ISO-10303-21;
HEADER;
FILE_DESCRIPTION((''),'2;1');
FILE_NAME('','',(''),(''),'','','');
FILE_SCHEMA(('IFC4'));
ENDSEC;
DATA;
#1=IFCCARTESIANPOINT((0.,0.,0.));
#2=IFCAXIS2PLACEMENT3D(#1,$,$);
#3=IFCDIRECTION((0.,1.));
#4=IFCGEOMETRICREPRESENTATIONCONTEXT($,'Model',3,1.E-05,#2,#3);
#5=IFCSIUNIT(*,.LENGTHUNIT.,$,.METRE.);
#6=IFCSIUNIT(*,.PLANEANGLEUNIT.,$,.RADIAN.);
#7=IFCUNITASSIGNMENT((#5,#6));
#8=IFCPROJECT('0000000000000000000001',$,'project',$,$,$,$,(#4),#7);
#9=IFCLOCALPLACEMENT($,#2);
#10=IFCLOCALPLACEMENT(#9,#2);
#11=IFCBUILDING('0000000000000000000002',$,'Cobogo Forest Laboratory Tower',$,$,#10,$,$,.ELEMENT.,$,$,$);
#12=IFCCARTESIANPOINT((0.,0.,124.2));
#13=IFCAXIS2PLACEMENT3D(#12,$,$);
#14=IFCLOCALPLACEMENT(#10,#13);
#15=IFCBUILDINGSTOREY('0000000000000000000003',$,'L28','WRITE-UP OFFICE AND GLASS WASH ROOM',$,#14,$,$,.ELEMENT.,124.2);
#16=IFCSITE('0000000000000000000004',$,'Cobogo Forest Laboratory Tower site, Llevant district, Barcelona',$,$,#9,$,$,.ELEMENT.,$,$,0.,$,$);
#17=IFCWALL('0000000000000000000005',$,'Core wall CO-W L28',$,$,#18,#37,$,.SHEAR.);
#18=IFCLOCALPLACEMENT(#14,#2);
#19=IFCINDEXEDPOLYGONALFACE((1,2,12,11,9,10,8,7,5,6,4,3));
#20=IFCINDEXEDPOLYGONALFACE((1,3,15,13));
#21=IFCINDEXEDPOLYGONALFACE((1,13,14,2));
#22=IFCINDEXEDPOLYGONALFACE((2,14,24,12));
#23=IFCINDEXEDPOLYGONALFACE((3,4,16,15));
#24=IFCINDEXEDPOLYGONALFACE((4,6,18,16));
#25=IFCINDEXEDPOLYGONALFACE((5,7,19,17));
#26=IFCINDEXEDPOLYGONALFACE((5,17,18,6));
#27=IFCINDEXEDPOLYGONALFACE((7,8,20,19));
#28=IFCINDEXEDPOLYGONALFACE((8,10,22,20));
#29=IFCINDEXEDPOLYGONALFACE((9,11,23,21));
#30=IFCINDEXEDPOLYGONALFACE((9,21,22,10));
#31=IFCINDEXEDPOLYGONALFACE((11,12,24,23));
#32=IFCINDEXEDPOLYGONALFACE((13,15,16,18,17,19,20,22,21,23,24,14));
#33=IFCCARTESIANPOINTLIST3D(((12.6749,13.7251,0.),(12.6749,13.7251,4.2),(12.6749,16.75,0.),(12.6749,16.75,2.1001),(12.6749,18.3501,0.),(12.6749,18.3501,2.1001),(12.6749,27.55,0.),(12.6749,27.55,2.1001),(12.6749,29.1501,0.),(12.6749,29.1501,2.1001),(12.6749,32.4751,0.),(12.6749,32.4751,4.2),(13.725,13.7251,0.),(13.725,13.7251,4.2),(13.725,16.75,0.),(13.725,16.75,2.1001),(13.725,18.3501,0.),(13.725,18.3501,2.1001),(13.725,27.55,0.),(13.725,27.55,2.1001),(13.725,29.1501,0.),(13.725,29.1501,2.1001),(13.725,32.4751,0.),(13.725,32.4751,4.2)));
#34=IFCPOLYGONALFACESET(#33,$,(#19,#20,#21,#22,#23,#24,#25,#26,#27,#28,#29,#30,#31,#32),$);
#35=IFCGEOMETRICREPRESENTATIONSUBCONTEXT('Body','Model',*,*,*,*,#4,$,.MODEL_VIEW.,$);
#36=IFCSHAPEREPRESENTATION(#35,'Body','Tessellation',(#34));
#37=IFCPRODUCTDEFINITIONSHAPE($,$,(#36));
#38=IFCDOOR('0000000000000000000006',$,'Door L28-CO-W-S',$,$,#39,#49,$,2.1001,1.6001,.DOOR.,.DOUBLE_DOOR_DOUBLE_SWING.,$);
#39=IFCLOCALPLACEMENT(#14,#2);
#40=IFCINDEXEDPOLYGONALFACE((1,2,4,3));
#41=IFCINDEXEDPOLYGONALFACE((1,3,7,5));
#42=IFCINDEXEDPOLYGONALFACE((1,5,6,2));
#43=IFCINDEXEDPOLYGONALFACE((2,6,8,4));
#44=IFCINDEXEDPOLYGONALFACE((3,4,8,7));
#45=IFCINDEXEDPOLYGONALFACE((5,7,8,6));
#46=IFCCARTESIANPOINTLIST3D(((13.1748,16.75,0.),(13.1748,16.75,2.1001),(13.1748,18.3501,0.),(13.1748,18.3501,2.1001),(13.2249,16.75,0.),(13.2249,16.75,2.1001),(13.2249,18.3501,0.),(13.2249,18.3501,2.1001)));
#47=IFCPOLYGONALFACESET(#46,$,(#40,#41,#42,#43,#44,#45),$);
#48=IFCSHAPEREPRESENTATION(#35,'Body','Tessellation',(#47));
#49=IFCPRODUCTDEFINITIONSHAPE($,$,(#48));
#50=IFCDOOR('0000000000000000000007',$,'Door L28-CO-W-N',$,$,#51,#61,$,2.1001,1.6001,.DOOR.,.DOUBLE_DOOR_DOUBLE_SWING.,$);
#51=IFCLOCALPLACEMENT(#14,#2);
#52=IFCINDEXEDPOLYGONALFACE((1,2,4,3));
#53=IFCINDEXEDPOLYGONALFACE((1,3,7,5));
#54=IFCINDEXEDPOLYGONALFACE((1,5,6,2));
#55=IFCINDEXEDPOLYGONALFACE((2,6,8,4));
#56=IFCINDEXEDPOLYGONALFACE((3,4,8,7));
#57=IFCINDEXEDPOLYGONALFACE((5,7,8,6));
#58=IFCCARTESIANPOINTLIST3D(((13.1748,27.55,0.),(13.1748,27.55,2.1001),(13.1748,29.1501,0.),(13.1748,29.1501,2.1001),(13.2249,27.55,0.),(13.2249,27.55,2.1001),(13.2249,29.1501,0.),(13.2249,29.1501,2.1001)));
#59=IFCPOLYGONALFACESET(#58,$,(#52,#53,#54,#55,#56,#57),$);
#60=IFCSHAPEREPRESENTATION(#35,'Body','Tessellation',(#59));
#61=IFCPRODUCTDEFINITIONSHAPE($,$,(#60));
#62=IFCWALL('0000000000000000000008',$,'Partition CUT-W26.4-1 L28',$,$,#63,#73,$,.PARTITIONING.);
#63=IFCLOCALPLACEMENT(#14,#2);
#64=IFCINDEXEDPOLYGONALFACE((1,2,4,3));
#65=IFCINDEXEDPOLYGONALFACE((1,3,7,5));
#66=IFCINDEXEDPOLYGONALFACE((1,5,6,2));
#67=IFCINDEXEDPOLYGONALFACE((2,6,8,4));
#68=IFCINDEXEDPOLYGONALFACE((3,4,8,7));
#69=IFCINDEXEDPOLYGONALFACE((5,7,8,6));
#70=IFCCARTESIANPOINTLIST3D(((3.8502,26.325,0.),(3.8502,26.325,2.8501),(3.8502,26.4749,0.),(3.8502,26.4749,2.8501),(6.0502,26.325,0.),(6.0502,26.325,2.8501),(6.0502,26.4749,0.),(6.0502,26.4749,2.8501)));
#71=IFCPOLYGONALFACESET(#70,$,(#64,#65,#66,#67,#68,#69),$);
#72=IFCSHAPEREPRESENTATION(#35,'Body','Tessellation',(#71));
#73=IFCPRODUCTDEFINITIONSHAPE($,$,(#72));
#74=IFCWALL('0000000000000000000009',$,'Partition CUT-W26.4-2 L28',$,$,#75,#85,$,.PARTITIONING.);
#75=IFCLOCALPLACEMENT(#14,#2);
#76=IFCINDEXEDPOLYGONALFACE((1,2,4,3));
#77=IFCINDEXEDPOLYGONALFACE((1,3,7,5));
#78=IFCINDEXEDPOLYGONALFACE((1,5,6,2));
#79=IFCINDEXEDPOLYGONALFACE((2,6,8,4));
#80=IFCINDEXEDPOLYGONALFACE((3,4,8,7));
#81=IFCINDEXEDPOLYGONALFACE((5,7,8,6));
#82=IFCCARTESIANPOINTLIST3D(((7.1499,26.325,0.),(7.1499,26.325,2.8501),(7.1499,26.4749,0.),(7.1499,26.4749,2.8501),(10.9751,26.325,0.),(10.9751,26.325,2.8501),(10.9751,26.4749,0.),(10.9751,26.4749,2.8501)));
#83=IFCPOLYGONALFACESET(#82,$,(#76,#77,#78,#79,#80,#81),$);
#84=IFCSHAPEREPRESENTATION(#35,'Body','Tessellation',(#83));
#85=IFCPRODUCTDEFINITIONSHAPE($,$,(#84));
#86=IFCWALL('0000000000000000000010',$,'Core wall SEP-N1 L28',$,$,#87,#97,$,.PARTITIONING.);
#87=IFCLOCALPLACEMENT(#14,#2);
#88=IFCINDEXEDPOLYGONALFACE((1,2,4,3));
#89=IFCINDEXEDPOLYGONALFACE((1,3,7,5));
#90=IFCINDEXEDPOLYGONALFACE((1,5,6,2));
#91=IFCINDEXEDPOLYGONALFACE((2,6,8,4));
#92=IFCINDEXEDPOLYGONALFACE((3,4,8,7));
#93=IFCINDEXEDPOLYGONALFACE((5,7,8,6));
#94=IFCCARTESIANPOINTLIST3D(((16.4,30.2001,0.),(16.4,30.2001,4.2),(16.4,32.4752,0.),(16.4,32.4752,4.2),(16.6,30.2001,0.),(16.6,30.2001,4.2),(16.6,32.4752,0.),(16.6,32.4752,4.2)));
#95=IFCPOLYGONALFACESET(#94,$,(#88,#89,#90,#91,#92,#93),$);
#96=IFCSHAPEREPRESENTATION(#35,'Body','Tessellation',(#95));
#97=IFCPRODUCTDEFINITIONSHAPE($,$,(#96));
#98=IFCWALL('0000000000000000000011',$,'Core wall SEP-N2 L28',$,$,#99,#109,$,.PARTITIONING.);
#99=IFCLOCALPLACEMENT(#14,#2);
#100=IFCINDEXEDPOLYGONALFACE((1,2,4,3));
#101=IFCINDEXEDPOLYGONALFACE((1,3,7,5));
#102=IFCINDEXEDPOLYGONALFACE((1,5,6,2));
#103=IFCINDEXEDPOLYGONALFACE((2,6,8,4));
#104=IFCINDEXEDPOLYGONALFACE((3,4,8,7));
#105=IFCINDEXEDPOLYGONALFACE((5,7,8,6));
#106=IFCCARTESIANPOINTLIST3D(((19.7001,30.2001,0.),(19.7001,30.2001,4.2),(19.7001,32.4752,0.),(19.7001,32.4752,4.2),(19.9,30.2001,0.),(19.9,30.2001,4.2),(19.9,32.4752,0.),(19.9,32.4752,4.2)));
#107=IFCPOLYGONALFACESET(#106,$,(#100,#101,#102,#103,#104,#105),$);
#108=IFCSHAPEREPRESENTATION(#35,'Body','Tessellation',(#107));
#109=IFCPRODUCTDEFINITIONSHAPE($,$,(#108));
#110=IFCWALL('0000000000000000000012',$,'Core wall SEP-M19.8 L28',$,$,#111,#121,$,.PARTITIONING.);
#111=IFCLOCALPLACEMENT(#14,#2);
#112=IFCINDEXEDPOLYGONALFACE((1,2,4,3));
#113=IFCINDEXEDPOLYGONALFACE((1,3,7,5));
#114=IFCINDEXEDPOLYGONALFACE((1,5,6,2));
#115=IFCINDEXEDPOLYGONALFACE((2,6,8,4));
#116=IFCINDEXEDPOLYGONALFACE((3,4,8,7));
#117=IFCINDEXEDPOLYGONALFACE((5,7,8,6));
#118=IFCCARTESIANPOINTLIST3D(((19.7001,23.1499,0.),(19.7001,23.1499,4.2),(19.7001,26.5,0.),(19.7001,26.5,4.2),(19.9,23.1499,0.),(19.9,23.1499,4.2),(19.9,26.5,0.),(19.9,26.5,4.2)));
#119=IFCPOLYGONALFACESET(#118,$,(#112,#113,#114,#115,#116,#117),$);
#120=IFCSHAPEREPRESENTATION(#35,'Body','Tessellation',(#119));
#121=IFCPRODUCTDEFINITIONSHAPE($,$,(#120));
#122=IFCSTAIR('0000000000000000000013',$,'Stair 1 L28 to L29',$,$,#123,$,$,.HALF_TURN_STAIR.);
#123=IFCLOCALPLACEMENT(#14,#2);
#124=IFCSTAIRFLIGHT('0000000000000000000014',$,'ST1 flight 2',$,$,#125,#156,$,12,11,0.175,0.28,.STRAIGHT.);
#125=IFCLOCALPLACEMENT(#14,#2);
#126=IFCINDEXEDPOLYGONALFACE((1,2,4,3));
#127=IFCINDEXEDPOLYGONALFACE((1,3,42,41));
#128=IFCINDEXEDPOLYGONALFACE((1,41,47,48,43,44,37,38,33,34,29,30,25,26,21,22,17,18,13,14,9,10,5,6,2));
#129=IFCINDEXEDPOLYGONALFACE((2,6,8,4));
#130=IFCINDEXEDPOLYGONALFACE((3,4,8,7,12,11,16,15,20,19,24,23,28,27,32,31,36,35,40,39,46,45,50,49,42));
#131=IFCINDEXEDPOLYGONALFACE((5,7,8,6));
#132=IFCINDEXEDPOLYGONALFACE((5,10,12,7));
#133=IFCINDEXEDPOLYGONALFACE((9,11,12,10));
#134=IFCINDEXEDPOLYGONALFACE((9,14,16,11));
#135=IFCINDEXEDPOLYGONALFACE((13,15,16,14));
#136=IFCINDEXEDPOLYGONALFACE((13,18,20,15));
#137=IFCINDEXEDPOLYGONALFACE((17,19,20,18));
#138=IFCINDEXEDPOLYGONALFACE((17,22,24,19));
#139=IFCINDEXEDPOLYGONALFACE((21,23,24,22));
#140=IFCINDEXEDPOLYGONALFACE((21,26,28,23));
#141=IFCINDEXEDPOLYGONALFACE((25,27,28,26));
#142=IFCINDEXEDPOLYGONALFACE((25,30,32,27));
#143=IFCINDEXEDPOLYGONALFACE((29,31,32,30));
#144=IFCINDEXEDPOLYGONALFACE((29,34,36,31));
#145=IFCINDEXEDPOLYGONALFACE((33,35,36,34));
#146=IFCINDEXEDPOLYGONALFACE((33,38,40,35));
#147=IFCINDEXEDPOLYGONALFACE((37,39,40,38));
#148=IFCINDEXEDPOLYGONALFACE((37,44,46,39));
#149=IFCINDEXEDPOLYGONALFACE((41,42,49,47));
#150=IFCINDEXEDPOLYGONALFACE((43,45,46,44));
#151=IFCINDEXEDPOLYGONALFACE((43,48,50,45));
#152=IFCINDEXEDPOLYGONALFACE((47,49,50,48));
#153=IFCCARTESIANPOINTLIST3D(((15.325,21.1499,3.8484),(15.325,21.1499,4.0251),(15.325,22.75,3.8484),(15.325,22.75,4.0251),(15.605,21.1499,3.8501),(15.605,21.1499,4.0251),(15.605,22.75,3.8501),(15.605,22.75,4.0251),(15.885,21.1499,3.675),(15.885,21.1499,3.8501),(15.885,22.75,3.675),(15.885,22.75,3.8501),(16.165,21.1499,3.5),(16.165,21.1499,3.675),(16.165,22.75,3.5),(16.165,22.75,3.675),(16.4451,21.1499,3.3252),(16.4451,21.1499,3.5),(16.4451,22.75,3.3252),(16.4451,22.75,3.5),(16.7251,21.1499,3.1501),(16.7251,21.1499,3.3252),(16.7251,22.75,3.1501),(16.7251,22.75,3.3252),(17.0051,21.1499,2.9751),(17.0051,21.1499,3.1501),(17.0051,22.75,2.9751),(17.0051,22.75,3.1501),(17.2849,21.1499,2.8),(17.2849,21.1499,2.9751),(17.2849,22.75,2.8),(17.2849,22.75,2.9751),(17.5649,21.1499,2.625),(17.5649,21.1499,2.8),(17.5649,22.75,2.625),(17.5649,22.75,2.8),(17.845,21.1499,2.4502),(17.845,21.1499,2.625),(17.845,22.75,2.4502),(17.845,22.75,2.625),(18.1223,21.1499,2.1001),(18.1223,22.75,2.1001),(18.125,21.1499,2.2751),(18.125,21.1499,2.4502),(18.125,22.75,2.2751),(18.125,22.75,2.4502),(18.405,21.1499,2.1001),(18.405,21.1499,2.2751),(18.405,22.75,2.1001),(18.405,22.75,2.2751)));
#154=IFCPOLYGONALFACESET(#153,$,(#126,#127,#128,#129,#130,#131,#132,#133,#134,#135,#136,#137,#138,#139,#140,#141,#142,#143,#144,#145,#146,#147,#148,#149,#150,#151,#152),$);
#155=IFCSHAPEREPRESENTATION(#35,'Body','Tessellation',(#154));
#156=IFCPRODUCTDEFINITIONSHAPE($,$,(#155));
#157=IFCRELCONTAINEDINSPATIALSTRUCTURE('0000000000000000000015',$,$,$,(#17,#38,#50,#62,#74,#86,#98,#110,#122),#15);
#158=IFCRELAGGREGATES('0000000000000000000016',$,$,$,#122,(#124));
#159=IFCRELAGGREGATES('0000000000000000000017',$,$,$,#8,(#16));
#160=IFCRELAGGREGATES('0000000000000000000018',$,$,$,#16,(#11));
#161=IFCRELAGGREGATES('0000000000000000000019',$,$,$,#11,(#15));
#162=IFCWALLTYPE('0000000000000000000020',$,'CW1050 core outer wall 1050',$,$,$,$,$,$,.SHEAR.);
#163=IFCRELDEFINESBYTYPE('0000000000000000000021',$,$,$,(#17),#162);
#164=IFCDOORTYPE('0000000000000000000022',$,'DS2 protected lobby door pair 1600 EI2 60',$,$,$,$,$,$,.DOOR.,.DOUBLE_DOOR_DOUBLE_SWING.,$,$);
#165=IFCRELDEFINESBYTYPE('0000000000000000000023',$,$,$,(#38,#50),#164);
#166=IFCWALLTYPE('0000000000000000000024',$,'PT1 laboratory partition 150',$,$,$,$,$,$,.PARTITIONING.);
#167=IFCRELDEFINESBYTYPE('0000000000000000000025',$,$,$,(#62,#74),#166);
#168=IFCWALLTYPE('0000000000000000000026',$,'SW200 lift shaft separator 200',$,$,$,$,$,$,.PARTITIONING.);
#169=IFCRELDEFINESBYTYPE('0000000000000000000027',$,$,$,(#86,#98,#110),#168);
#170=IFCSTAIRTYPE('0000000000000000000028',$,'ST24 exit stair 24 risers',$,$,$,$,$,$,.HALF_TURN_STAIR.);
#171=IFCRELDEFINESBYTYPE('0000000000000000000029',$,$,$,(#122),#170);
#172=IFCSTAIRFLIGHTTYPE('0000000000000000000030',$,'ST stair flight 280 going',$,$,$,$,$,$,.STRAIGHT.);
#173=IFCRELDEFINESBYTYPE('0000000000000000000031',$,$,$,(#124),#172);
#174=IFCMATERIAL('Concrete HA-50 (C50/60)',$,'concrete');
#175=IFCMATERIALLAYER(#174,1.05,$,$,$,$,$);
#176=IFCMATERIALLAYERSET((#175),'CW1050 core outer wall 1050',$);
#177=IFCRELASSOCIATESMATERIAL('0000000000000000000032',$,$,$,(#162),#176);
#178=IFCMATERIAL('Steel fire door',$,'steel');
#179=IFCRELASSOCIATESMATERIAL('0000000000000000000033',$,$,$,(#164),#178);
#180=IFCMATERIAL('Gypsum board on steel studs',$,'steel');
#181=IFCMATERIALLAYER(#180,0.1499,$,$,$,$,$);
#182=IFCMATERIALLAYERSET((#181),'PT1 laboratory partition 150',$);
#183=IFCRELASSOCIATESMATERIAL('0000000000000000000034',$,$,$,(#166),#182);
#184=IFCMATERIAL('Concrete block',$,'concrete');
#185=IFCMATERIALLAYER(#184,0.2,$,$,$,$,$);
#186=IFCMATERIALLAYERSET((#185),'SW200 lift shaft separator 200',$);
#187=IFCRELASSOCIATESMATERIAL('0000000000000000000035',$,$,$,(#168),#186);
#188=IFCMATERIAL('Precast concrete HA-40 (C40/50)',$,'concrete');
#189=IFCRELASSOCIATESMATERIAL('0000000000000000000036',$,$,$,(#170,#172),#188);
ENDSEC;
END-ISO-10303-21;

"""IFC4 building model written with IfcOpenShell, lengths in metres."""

from ifc_helpers import new_model, si_unit, direction, frame, frame_2d, origin, place, context, subcontext, project, spatial, polyline, rectangle, outline, extrude, material, layer, layer_set, type_object, element, fill, aggregate, save


model = new_model("IFC4")

# Units and contexts
model_context = context("Model", 3, precision=1e-05, world=origin(), true_north=direction((0.0, 1.0)))
body_context = subcontext(model_context, "Body", "Model", "MODEL_VIEW")
ifc_project = project(units=[si_unit("LENGTHUNIT", "METRE"), si_unit("PLANEANGLEUNIT", "RADIAN")], contexts=[model_context])

# Site, building, storey
site_placement = place(None, origin())
site = spatial("IfcSite", under=ifc_project, at=site_placement, Name="Cobogo Forest Laboratory Tower site, Llevant district, Barcelona", CompositionType="ELEMENT", RefElevation=0.0)
building_placement = place(site_placement, origin())
building = spatial("IfcBuilding", under=site, at=building_placement, Name="Cobogo Forest Laboratory Tower", CompositionType="ELEMENT")
storey_placement = place(building_placement, frame((0.0, 0.0, 124.2)))
storey = spatial("IfcBuildingStorey", under=building, at=storey_placement, Name="L28", Description="WRITE-UP OFFICE AND GLASS WASH ROOM", CompositionType="ELEMENT", Elevation=124.2)

# Shared definitions
ifc_material_1 = material(Name="Concrete HA-50 (C50/60)", Category="concrete")

# Shared definitions
ifc_material_2 = material(Name="Steel fire door", Category="steel")

# Wall, openings, doors
ifc_layer_1 = layer(ifc_material_1, 1.05)
ifc_layer_set_1 = layer_set([ifc_layer_1], Name="CW1050 core outer wall 1050")
wall_type_1 = type_object("IfcWallType", Name="CW1050 core outer wall 1050", PredefinedType="SHEAR", material=ifc_layer_set_1)
wall_1_placement = place(storey_placement, frame((13.2, 32.4751, 0.0), z_axis=(0.0, 0.0, 1.0), x_axis=(0.0, -1.0, 0.0)))
wall_1 = element("IfcWall", 1, at=wall_1_placement, inside=storey, type_object=wall_type_1, Name="Core wall CO-W L28", PredefinedType="SHEAR", context=body_context, shape_type="SweptSolid", body=[
    extrude(rectangle(XDim=18.75, YDim=1.05, at=frame_2d((9.375, 0.0))), origin(), (0.0, 0.0, 1.0), 4.2),
])
opening_1_placement = place(wall_1_placement, frame((14.125, 0.0, 0.0)))
opening_1 = element("IfcOpeningElement", 2, at=opening_1_placement, cuts=wall_1, PredefinedType="OPENING", context=body_context, shape_type="SweptSolid", body=[
    extrude(rectangle(XDim=1.6001, YDim=2.1001, at=frame_2d((0.8, 1.05))), frame((0.0, 0.5349, 0.0), z_axis=(0.0, -1.0, 0.0), x_axis=(1.0, 0.0, 0.0)), (0.0, 0.0, 1.0), 1.0701),
])
opening_2_placement = place(wall_1_placement, frame((3.325, 0.0, 0.0)))
opening_2 = element("IfcOpeningElement", 3, at=opening_2_placement, cuts=wall_1, PredefinedType="OPENING", context=body_context, shape_type="SweptSolid", body=[
    extrude(rectangle(XDim=1.6001, YDim=2.1001, at=frame_2d((0.8, 1.05))), frame((0.0, 0.5349, 0.0), z_axis=(0.0, -1.0, 0.0), x_axis=(1.0, 0.0, 0.0)), (0.0, 0.0, 1.0), 1.0701),
])
door_type_1 = type_object("IfcDoorType", Name="DS2 protected lobby door pair 1600 EI2 60", OperationType="DOUBLE_DOOR_DOUBLE_SWING", PredefinedType="DOOR", material=ifc_material_2)
door_1_placement = place(opening_1_placement, origin())
door_1 = element("IfcDoor", 4, at=door_1_placement, inside=storey, type_object=door_type_1, Name="Door L28-CO-W-S", OperationType="DOUBLE_DOOR_DOUBLE_SWING", OverallHeight=2.1001, OverallWidth=1.6001, PredefinedType="DOOR", context=body_context, shape_type="SweptSolid", body=[
    extrude(rectangle(XDim=1.6001, YDim=2.1001, at=frame_2d((0.8, 1.05))), frame((0.0, 0.0249, 0.0), z_axis=(0.0, -1.0, 0.0), x_axis=(1.0, 0.0, 0.0)), (0.0, 0.0, 1.0), 0.05),
])
fill(opening_1, door_1)
door_2_placement = place(opening_2_placement, origin())
door_2 = element("IfcDoor", 5, at=door_2_placement, inside=storey, type_object=door_type_1, Name="Door L28-CO-W-N", OperationType="DOUBLE_DOOR_DOUBLE_SWING", OverallHeight=2.1001, OverallWidth=1.6001, PredefinedType="DOOR", context=body_context, shape_type="SweptSolid", body=[
    extrude(rectangle(XDim=1.6001, YDim=2.1001, at=frame_2d((0.8, 1.05))), frame((0.0, 0.0249, 0.0), z_axis=(0.0, -1.0, 0.0), x_axis=(1.0, 0.0, 0.0)), (0.0, 0.0, 1.0), 0.05),
])
fill(opening_2, door_2)

# Walls
ifc_material_3 = material(Name="Gypsum board on steel studs", Category="steel")
ifc_layer_2 = layer(ifc_material_3, 0.1499)
ifc_layer_set_2 = layer_set([ifc_layer_2], Name="PT1 laboratory partition 150")
wall_type_2 = type_object("IfcWallType", Name="PT1 laboratory partition 150", PredefinedType="PARTITIONING", material=ifc_layer_set_2)
wall_2_placement = place(storey_placement, frame((3.8501, 26.3999, 0.0), z_axis=(0.0, 0.0, 1.0), x_axis=(1.0, 0.0, 0.0)))
element("IfcWall", 6, at=wall_2_placement, inside=storey, type_object=wall_type_2, Name="Partition CUT-W26.4-1 L28", PredefinedType="PARTITIONING", context=body_context, shape_type="SweptSolid", body=[
    extrude(rectangle(XDim=2.2, YDim=0.1499, at=frame_2d((1.1001, 0.0))), origin(), (0.0, 0.0, 1.0), 2.8501),
])
wall_3_placement = place(storey_placement, frame((7.1499, 26.3999, 0.0), z_axis=(0.0, 0.0, 1.0), x_axis=(1.0, 0.0, 0.0)))
element("IfcWall", 7, at=wall_3_placement, inside=storey, type_object=wall_type_2, Name="Partition CUT-W26.4-2 L28", PredefinedType="PARTITIONING", context=body_context, shape_type="SweptSolid", body=[
    extrude(rectangle(XDim=3.8252, YDim=0.1499, at=frame_2d((1.9126, 0.0))), origin(), (0.0, 0.0, 1.0), 2.8501),
])
ifc_material_4 = material(Name="Concrete block", Category="concrete")
ifc_layer_3 = layer(ifc_material_4, 0.2)
ifc_layer_set_3 = layer_set([ifc_layer_3], Name="SW200 lift shaft separator 200")
wall_type_3 = type_object("IfcWallType", Name="SW200 lift shaft separator 200", PredefinedType="PARTITIONING", material=ifc_layer_set_3)
for number, where, z_axis, x_axis, name in (
    (8, (16.5, 30.2, 0.0), (0.0, 0.0, 1.0), (0.0, 1.0, 0.0), "Core wall SEP-N1 L28"),
    (9, (19.8, 30.2, 0.0), (0.0, 0.0, 1.0), (0.0, 1.0, 0.0), "Core wall SEP-N2 L28"),
):
    element("IfcWall", number, at=place(storey_placement, frame(where, z_axis=z_axis, x_axis=x_axis)), inside=storey, type_object=wall_type_3, Name=name, PredefinedType="PARTITIONING", context=body_context, shape_type="SweptSolid", body=[
        extrude(rectangle(XDim=2.2751, YDim=0.2, at=frame_2d((1.1377, 0.0))), origin(), (0.0, 0.0, 1.0), 4.2),
    ])
wall_4_placement = place(storey_placement, frame((19.8, 23.1499, 0.0), z_axis=(0.0, 0.0, 1.0), x_axis=(0.0, 1.0, 0.0)))
element("IfcWall", 10, at=wall_4_placement, inside=storey, type_object=wall_type_3, Name="Core wall SEP-M19.8 L28", PredefinedType="PARTITIONING", context=body_context, shape_type="SweptSolid", body=[
    extrude(rectangle(XDim=3.3501, YDim=0.2, at=frame_2d((1.675, 0.0))), origin(), (0.0, 0.0, 1.0), 4.2),
])

# Stair, stair flight
ifc_material_5 = material(Name="Precast concrete HA-40 (C40/50)", Category="concrete")
stair_type = type_object("IfcStairType", Name="ST24 exit stair 24 risers", PredefinedType="HALF_TURN_STAIR", material=ifc_material_5)
stair_placement = place(storey_placement, origin())
stair = element("IfcStair", 11, at=stair_placement, inside=storey, type_object=stair_type, Name="Stair 1 L28 to L29", PredefinedType="HALF_TURN_STAIR")
stair_flight_type = type_object("IfcStairFlightType", Name="ST stair flight 280 going", PredefinedType="STRAIGHT", material=ifc_material_5)
stair_flight_placement = place(storey_placement, frame((18.405, 21.95, 2.1001), z_axis=(0.0, 0.0, 1.0), x_axis=(-1.0, 0.0, 0.0)))
stair_flight = element("IfcStairFlight", 12, at=stair_flight_placement, type_object=stair_flight_type, Name="ST1 flight 2", NumberOfRisers=12, NumberOfTreads=11, PredefinedType="STRAIGHT", RiserHeight=0.175, TreadLength=0.28, context=body_context, shape_type="SweptSolid", body=[
    extrude(outline(polyline([(0.0, 0.0), (0.0, 0.175), (0.28, 0.175), (0.28, 0.3501), (0.5601, 0.3501), (0.5601, 0.5249), (0.8401, 0.5249), (0.8401, 0.7), (1.1201, 0.7), (1.1201, 0.875), (1.3999, 0.875), (1.3999, 1.05), (1.6799, 1.05), (1.6799, 1.2251), (1.96, 1.2251), (1.96, 1.3999), (2.24, 1.3999), (2.24, 1.575), (2.52, 1.575), (2.52, 1.75), (2.8, 1.75), (2.8, 1.925), (3.0801, 1.925), (3.0801, 2.1001), (3.0801, 1.7483), (0.2827, 0.0), (0.0, 0.0)])), frame((0.0, 0.8, 0.0), z_axis=(0.0, -1.0, 0.0), x_axis=(1.0, 0.0, 0.0)), (0.0, 0.0, 1.0), 1.6001),
])
aggregate(stair, [stair_flight])

save(model, "model.ifc")
